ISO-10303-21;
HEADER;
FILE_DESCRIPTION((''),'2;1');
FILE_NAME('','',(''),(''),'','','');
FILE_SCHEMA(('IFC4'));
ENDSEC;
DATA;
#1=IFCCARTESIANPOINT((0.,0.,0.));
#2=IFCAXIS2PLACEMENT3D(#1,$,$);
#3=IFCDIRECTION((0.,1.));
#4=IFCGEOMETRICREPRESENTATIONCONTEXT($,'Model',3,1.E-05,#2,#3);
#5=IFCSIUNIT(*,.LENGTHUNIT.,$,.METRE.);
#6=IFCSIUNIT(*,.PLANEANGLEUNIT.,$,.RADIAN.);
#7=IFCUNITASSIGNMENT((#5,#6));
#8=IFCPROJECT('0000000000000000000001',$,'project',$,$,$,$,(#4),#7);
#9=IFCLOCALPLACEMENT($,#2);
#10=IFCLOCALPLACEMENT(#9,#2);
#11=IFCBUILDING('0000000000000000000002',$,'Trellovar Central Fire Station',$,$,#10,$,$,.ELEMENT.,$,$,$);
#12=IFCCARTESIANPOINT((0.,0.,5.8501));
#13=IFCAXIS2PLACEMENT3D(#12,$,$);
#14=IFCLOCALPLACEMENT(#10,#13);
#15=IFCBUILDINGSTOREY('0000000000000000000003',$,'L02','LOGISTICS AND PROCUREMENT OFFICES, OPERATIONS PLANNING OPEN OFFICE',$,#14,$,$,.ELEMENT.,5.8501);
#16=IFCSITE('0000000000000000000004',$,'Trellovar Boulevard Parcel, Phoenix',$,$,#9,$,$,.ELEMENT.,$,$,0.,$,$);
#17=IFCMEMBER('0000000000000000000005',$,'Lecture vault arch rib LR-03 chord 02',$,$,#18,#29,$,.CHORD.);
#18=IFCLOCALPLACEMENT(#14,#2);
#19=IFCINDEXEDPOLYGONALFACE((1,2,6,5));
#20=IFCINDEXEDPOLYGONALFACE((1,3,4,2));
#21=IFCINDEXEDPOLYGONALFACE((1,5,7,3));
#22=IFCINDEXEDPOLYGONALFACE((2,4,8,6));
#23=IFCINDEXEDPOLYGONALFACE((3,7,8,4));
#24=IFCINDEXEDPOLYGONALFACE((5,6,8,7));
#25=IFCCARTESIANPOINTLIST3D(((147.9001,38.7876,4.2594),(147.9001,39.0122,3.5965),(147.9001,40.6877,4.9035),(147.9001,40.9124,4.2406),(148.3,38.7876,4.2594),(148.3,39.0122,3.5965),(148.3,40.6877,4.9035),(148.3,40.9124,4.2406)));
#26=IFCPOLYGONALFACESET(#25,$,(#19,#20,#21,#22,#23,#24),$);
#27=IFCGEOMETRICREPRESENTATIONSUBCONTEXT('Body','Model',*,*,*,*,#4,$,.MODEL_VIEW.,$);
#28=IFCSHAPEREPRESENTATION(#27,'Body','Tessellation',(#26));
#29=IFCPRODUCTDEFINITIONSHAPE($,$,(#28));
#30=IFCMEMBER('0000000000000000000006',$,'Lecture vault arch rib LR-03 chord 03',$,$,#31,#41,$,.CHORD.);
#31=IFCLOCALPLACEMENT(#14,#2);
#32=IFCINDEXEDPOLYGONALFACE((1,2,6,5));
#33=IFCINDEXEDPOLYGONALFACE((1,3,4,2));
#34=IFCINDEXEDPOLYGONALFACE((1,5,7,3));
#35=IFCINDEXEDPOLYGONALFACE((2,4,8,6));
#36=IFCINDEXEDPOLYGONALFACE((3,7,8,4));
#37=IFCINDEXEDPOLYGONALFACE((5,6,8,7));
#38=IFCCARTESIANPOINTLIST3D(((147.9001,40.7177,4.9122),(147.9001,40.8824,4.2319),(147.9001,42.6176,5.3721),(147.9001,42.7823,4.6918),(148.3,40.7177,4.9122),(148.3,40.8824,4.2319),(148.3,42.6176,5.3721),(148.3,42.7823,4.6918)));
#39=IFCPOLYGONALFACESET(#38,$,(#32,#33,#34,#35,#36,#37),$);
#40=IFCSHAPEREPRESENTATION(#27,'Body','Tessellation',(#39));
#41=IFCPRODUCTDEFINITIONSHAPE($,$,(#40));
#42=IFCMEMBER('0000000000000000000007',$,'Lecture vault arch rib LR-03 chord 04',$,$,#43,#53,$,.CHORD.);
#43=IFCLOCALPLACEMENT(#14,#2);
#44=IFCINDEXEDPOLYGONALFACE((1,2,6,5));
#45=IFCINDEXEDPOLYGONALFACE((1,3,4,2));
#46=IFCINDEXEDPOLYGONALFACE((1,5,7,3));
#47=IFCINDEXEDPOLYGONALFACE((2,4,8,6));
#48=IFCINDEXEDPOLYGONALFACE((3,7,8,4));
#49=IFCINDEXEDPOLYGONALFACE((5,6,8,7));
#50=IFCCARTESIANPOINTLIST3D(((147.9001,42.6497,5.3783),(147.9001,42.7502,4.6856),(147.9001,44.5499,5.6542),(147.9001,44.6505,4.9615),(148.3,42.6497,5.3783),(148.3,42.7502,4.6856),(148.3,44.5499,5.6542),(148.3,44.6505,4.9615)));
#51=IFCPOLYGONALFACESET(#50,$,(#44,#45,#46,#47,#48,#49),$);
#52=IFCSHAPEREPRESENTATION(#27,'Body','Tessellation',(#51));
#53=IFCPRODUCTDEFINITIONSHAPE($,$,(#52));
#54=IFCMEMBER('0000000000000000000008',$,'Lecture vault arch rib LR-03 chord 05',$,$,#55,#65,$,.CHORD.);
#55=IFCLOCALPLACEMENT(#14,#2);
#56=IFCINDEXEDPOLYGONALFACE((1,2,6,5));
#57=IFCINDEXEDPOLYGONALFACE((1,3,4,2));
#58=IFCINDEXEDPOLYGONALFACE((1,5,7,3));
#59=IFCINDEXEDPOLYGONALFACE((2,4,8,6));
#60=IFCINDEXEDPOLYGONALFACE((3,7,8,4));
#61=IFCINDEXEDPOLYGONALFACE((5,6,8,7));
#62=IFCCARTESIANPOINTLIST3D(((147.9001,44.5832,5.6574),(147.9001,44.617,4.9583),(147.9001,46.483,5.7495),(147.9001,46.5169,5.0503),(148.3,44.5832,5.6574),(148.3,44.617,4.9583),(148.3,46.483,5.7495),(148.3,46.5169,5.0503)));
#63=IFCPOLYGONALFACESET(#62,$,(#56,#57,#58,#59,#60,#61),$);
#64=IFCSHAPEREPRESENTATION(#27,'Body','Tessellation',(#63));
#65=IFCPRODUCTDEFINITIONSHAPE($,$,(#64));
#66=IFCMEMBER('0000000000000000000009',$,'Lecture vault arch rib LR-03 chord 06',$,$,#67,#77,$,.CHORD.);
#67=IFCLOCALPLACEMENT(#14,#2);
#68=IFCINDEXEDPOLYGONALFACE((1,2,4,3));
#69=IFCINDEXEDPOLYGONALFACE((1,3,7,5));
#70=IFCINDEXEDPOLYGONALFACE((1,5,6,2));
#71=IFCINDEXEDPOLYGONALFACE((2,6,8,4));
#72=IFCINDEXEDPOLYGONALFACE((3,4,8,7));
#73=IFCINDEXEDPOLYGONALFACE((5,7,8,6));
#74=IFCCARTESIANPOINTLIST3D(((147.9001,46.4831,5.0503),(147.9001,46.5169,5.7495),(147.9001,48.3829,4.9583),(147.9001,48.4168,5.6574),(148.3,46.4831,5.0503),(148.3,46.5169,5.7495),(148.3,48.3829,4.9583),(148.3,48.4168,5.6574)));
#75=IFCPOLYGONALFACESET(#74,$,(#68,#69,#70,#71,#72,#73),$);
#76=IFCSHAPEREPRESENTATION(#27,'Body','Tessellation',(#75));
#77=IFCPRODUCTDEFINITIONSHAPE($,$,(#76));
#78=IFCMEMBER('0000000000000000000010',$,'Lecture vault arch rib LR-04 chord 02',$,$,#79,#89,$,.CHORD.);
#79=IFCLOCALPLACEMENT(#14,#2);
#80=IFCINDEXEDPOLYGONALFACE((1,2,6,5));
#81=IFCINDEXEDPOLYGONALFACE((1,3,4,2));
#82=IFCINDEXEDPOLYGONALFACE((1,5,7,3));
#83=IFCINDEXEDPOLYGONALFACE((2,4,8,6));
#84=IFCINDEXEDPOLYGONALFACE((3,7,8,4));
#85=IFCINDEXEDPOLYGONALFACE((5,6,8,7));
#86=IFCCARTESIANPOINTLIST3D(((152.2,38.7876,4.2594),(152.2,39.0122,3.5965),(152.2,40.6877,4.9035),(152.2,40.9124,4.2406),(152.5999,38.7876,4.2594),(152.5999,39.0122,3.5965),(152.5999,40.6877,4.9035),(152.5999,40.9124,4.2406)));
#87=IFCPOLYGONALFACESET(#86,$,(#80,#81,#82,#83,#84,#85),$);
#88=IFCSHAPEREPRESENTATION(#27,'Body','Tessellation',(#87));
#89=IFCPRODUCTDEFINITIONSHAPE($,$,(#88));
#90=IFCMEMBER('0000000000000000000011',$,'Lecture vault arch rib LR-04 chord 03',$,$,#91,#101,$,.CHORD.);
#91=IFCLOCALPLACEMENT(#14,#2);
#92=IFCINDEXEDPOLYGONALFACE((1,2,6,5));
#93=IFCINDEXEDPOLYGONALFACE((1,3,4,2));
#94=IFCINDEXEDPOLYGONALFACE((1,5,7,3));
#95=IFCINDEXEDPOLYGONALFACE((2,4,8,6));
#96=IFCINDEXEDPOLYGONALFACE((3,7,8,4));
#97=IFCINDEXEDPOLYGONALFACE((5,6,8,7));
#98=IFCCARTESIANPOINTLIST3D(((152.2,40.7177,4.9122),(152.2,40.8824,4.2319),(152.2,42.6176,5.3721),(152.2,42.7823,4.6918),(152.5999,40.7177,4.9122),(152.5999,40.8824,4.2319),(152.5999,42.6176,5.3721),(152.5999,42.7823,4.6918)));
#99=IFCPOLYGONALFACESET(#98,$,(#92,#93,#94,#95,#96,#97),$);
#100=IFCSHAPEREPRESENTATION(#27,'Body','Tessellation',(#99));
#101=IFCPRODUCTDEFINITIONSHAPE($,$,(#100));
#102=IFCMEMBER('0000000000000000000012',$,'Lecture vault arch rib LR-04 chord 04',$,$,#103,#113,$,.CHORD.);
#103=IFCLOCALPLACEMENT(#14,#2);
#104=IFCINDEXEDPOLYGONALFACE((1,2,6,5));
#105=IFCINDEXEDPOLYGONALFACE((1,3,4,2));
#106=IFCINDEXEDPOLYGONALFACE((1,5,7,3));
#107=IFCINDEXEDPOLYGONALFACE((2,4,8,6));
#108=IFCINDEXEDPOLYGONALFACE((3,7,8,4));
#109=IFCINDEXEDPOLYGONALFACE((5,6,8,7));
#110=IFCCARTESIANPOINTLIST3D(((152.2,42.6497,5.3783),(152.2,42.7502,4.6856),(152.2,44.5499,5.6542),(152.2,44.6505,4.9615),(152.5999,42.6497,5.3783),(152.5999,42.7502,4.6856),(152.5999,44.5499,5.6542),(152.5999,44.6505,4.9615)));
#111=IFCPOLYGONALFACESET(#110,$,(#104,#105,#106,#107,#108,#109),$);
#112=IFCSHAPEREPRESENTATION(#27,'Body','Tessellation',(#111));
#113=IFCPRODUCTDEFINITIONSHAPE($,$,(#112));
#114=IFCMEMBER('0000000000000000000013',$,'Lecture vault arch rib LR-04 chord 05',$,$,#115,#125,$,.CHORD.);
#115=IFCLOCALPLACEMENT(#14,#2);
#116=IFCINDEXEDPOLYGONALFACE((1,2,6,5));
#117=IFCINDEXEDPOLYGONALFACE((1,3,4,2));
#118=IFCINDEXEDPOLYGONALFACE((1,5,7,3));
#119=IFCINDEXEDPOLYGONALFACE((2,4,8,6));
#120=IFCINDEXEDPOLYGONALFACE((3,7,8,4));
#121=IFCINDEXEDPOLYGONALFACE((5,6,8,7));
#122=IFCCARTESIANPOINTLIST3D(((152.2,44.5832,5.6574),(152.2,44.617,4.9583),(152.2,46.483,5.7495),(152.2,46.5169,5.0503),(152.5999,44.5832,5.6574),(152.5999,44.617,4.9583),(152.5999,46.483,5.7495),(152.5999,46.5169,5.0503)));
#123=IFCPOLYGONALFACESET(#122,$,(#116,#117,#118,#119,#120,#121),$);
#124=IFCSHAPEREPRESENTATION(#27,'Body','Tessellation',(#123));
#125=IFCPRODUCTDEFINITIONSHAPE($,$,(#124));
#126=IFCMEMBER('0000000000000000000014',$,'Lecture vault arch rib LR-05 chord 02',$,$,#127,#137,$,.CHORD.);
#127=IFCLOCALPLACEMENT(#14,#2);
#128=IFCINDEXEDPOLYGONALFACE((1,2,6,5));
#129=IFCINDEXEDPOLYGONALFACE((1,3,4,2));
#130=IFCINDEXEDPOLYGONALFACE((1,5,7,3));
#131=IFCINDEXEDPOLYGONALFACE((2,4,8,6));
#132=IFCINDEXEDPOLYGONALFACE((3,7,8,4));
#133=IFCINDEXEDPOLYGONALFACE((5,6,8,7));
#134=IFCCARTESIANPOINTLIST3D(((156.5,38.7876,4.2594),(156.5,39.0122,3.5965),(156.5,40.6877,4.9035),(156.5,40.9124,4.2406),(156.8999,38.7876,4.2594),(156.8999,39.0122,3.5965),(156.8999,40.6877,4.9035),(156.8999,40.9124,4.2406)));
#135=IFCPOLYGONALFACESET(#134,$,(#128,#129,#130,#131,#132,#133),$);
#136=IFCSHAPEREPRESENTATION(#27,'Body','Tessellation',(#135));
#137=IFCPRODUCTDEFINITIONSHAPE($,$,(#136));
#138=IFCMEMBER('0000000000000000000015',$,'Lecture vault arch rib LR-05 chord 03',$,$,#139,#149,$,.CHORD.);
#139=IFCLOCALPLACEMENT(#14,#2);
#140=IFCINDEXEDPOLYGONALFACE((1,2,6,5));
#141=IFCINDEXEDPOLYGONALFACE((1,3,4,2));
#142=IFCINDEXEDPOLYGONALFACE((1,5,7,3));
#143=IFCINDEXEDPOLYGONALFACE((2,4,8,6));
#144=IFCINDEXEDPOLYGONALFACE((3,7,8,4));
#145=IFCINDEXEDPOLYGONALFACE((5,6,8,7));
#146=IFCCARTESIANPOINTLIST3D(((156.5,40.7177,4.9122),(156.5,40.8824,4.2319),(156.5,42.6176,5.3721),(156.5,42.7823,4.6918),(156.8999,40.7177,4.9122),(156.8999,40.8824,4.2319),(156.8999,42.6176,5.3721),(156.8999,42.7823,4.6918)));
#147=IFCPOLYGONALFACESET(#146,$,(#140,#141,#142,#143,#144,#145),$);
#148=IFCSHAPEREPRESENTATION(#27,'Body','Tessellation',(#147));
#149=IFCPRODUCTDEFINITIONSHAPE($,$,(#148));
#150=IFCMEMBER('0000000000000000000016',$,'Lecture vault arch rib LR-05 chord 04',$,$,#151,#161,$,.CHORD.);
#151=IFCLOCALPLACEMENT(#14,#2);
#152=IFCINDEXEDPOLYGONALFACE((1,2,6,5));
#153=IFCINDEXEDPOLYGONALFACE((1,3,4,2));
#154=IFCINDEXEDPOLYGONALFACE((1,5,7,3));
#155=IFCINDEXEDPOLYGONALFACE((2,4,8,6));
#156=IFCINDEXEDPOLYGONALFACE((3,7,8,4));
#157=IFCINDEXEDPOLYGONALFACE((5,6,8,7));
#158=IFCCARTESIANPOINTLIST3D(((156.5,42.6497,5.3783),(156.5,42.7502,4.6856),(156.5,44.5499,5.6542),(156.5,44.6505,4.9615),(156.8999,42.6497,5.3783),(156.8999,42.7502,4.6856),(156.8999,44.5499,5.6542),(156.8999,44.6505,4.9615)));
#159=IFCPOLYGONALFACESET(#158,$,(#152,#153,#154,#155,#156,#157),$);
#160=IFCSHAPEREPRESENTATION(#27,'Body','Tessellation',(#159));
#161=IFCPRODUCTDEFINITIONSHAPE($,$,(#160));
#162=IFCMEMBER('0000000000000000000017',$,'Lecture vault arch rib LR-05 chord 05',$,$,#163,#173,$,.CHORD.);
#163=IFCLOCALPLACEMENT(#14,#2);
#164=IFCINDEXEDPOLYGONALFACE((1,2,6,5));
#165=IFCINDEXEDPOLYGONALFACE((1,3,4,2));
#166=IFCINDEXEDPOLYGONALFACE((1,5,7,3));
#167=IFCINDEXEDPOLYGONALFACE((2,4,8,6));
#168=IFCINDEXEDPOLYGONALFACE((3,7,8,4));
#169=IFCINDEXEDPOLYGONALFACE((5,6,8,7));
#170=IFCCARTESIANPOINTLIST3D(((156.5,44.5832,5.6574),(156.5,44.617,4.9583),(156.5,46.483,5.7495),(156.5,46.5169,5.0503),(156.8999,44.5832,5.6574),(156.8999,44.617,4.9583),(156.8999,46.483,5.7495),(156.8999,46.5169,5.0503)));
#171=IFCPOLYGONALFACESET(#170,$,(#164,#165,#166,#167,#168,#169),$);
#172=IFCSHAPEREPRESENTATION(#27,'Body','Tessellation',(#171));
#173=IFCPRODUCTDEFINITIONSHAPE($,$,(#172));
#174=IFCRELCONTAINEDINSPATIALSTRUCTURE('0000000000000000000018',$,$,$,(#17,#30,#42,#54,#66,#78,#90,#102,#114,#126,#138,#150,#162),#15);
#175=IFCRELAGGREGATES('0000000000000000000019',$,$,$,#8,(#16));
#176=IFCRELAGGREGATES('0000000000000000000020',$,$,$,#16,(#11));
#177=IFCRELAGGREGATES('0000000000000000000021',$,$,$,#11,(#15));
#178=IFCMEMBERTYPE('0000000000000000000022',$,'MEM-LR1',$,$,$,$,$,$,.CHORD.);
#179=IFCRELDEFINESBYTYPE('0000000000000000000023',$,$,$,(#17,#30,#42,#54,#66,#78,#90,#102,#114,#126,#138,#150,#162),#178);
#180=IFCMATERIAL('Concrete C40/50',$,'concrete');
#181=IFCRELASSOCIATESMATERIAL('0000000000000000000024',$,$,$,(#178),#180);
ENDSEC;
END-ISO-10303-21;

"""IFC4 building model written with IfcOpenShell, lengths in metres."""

from ifc_helpers import new_model, si_unit, direction, frame, origin, origin_2d, place, context, subcontext, project, spatial, rectangle, extrude, material, material_profile, profile_set, type_object, element, save


model = new_model("IFC4")

# Units and contexts
model_context = context("Model", 3, precision=1e-05, world=origin(), true_north=direction((0.0, 1.0)))
body_context = subcontext(model_context, "Body", "Model", "MODEL_VIEW")
ifc_project = project(units=[si_unit("LENGTHUNIT", "METRE"), si_unit("PLANEANGLEUNIT", "RADIAN")], contexts=[model_context])

# Site, building, storey
site_placement = place(None, origin())
site = spatial("IfcSite", under=ifc_project, at=site_placement, Name="Trellovar Boulevard Parcel, Phoenix", CompositionType="ELEMENT", RefElevation=0.0)
building_placement = place(site_placement, origin())
building = spatial("IfcBuilding", under=site, at=building_placement, Name="Trellovar Central Fire Station", CompositionType="ELEMENT")
storey_placement = place(building_placement, frame((0.0, 0.0, 5.8501)))
storey = spatial("IfcBuildingStorey", under=building, at=storey_placement, Name="L02", Description="LOGISTICS AND PROCUREMENT OFFICES, OPERATIONS PLANNING OPEN OFFICE", CompositionType="ELEMENT", Elevation=5.8501)

# Members
ifc_material_1 = material(Name="Concrete C40/50", Category="concrete")
ifc_material_profile = material_profile(ifc_material_1, rectangle(XDim=0.3999, YDim=0.7, at=origin_2d()), Name="RC400X700")
ifc_profile_set = profile_set([ifc_material_profile], Name="Concrete C40/50")
member_type = type_object("IfcMemberType", Name="MEM-LR1", PredefinedType="CHORD", material=ifc_profile_set)
member_1_placement = place(storey_placement, frame((148.1001, 38.8999, 3.928), z_axis=(0.0, 0.947077, 0.321006), x_axis=(-1.0, 0.0, 0.0)))
element("IfcMember", 1, at=member_1_placement, inside=storey, type_object=member_type, Name="Lecture vault arch rib LR-03 chord 02", PredefinedType="CHORD", context=body_context, shape_type="SweptSolid", body=[
    extrude(rectangle(XDim=0.3999, YDim=0.7, at=origin_2d()), origin(), (0.0, 0.0, 1.0), 2.0063),
])
member_2_placement = place(storey_placement, frame((148.1001, 40.8, 4.572), z_axis=(0.0, 0.971923, 0.2353), x_axis=(-1.0, 0.0, 0.0)))
element("IfcMember", 2, at=member_2_placement, inside=storey, type_object=member_type, Name="Lecture vault arch rib LR-03 chord 03", PredefinedType="CHORD", context=body_context, shape_type="SweptSolid", body=[
    extrude(rectangle(XDim=0.3999, YDim=0.7, at=origin_2d()), origin(), (0.0, 0.0, 1.0), 1.9548),
])
member_3_placement = place(storey_placement, frame((148.1001, 42.7, 5.032), z_axis=(0.0, 0.989624, 0.143682), x_axis=(-1.0, 0.0, 0.0)))
element("IfcMember", 3, at=member_3_placement, inside=storey, type_object=member_type, Name="Lecture vault arch rib LR-03 chord 04", PredefinedType="CHORD", context=body_context, shape_type="SweptSolid", body=[
    extrude(rectangle(XDim=0.3999, YDim=0.7, at=origin_2d()), origin(), (0.0, 0.0, 1.0), 1.9202),
])
for number, where, z_axis, x_axis, name in (
    (4, (148.1001, 44.6001, 5.3079), (0.0, 0.998829, 0.048388), (-1.0, 0.0, 0.0), "Lecture vault arch rib LR-03 chord 05"),
    (5, (148.1001, 46.5, 5.3999), (0.0, 0.998829, -0.048388), (-1.0, 0.0, 0.0), "Lecture vault arch rib LR-03 chord 06"),
):
    element("IfcMember", number, at=place(storey_placement, frame(where, z_axis=z_axis, x_axis=x_axis)), inside=storey, type_object=member_type, Name=name, PredefinedType="CHORD", context=body_context, shape_type="SweptSolid", body=[
        extrude(rectangle(XDim=0.3999, YDim=0.7, at=origin_2d()), origin(), (0.0, 0.0, 1.0), 1.9021),
    ])
member_4_placement = place(storey_placement, frame((152.3999, 38.8999, 3.928), z_axis=(0.0, 0.947077, 0.321006), x_axis=(-1.0, 0.0, 0.0)))
element("IfcMember", 6, at=member_4_placement, inside=storey, type_object=member_type, Name="Lecture vault arch rib LR-04 chord 02", PredefinedType="CHORD", context=body_context, shape_type="SweptSolid", body=[
    extrude(rectangle(XDim=0.3999, YDim=0.7, at=origin_2d()), origin(), (0.0, 0.0, 1.0), 2.0063),
])
member_5_placement = place(storey_placement, frame((152.3999, 40.8, 4.572), z_axis=(0.0, 0.971923, 0.2353), x_axis=(-1.0, 0.0, 0.0)))
element("IfcMember", 7, at=member_5_placement, inside=storey, type_object=member_type, Name="Lecture vault arch rib LR-04 chord 03", PredefinedType="CHORD", context=body_context, shape_type="SweptSolid", body=[
    extrude(rectangle(XDim=0.3999, YDim=0.7, at=origin_2d()), origin(), (0.0, 0.0, 1.0), 1.9548),
])
member_6_placement = place(storey_placement, frame((152.3999, 42.7, 5.032), z_axis=(0.0, 0.989624, 0.143682), x_axis=(-1.0, 0.0, 0.0)))
element("IfcMember", 8, at=member_6_placement, inside=storey, type_object=member_type, Name="Lecture vault arch rib LR-04 chord 04", PredefinedType="CHORD", context=body_context, shape_type="SweptSolid", body=[
    extrude(rectangle(XDim=0.3999, YDim=0.7, at=origin_2d()), origin(), (0.0, 0.0, 1.0), 1.9202),
])
member_7_placement = place(storey_placement, frame((152.3999, 44.6001, 5.3079), z_axis=(0.0, 0.998829, 0.048388), x_axis=(-1.0, 0.0, 0.0)))
element("IfcMember", 9, at=member_7_placement, inside=storey, type_object=member_type, Name="Lecture vault arch rib LR-04 chord 05", PredefinedType="CHORD", context=body_context, shape_type="SweptSolid", body=[
    extrude(rectangle(XDim=0.3999, YDim=0.7, at=origin_2d()), origin(), (0.0, 0.0, 1.0), 1.9021),
])
member_8_placement = place(storey_placement, frame((156.7, 38.8999, 3.928), z_axis=(0.0, 0.947077, 0.321006), x_axis=(-1.0, 0.0, 0.0)))
element("IfcMember", 10, at=member_8_placement, inside=storey, type_object=member_type, Name="Lecture vault arch rib LR-05 chord 02", PredefinedType="CHORD", context=body_context, shape_type="SweptSolid", body=[
    extrude(rectangle(XDim=0.3999, YDim=0.7, at=origin_2d()), origin(), (0.0, 0.0, 1.0), 2.0063),
])
member_9_placement = place(storey_placement, frame((156.7, 40.8, 4.572), z_axis=(0.0, 0.971923, 0.2353), x_axis=(-1.0, 0.0, 0.0)))
element("IfcMember", 11, at=member_9_placement, inside=storey, type_object=member_type, Name="Lecture vault arch rib LR-05 chord 03", PredefinedType="CHORD", context=body_context, shape_type="SweptSolid", body=[
    extrude(rectangle(XDim=0.3999, YDim=0.7, at=origin_2d()), origin(), (0.0, 0.0, 1.0), 1.9548),
])
member_10_placement = place(storey_placement, frame((156.7, 42.7, 5.032), z_axis=(0.0, 0.989624, 0.143682), x_axis=(-1.0, 0.0, 0.0)))
element("IfcMember", 12, at=member_10_placement, inside=storey, type_object=member_type, Name="Lecture vault arch rib LR-05 chord 04", PredefinedType="CHORD", context=body_context, shape_type="SweptSolid", body=[
    extrude(rectangle(XDim=0.3999, YDim=0.7, at=origin_2d()), origin(), (0.0, 0.0, 1.0), 1.9202),
])
member_11_placement = place(storey_placement, frame((156.7, 44.6001, 5.3079), z_axis=(0.0, 0.998829, 0.048388), x_axis=(-1.0, 0.0, 0.0)))
element("IfcMember", 13, at=member_11_placement, inside=storey, type_object=member_type, Name="Lecture vault arch rib LR-05 chord 05", PredefinedType="CHORD", context=body_context, shape_type="SweptSolid", body=[
    extrude(rectangle(XDim=0.3999, YDim=0.7, at=origin_2d()), origin(), (0.0, 0.0, 1.0), 1.9021),
])

save(model, "model.ifc")
